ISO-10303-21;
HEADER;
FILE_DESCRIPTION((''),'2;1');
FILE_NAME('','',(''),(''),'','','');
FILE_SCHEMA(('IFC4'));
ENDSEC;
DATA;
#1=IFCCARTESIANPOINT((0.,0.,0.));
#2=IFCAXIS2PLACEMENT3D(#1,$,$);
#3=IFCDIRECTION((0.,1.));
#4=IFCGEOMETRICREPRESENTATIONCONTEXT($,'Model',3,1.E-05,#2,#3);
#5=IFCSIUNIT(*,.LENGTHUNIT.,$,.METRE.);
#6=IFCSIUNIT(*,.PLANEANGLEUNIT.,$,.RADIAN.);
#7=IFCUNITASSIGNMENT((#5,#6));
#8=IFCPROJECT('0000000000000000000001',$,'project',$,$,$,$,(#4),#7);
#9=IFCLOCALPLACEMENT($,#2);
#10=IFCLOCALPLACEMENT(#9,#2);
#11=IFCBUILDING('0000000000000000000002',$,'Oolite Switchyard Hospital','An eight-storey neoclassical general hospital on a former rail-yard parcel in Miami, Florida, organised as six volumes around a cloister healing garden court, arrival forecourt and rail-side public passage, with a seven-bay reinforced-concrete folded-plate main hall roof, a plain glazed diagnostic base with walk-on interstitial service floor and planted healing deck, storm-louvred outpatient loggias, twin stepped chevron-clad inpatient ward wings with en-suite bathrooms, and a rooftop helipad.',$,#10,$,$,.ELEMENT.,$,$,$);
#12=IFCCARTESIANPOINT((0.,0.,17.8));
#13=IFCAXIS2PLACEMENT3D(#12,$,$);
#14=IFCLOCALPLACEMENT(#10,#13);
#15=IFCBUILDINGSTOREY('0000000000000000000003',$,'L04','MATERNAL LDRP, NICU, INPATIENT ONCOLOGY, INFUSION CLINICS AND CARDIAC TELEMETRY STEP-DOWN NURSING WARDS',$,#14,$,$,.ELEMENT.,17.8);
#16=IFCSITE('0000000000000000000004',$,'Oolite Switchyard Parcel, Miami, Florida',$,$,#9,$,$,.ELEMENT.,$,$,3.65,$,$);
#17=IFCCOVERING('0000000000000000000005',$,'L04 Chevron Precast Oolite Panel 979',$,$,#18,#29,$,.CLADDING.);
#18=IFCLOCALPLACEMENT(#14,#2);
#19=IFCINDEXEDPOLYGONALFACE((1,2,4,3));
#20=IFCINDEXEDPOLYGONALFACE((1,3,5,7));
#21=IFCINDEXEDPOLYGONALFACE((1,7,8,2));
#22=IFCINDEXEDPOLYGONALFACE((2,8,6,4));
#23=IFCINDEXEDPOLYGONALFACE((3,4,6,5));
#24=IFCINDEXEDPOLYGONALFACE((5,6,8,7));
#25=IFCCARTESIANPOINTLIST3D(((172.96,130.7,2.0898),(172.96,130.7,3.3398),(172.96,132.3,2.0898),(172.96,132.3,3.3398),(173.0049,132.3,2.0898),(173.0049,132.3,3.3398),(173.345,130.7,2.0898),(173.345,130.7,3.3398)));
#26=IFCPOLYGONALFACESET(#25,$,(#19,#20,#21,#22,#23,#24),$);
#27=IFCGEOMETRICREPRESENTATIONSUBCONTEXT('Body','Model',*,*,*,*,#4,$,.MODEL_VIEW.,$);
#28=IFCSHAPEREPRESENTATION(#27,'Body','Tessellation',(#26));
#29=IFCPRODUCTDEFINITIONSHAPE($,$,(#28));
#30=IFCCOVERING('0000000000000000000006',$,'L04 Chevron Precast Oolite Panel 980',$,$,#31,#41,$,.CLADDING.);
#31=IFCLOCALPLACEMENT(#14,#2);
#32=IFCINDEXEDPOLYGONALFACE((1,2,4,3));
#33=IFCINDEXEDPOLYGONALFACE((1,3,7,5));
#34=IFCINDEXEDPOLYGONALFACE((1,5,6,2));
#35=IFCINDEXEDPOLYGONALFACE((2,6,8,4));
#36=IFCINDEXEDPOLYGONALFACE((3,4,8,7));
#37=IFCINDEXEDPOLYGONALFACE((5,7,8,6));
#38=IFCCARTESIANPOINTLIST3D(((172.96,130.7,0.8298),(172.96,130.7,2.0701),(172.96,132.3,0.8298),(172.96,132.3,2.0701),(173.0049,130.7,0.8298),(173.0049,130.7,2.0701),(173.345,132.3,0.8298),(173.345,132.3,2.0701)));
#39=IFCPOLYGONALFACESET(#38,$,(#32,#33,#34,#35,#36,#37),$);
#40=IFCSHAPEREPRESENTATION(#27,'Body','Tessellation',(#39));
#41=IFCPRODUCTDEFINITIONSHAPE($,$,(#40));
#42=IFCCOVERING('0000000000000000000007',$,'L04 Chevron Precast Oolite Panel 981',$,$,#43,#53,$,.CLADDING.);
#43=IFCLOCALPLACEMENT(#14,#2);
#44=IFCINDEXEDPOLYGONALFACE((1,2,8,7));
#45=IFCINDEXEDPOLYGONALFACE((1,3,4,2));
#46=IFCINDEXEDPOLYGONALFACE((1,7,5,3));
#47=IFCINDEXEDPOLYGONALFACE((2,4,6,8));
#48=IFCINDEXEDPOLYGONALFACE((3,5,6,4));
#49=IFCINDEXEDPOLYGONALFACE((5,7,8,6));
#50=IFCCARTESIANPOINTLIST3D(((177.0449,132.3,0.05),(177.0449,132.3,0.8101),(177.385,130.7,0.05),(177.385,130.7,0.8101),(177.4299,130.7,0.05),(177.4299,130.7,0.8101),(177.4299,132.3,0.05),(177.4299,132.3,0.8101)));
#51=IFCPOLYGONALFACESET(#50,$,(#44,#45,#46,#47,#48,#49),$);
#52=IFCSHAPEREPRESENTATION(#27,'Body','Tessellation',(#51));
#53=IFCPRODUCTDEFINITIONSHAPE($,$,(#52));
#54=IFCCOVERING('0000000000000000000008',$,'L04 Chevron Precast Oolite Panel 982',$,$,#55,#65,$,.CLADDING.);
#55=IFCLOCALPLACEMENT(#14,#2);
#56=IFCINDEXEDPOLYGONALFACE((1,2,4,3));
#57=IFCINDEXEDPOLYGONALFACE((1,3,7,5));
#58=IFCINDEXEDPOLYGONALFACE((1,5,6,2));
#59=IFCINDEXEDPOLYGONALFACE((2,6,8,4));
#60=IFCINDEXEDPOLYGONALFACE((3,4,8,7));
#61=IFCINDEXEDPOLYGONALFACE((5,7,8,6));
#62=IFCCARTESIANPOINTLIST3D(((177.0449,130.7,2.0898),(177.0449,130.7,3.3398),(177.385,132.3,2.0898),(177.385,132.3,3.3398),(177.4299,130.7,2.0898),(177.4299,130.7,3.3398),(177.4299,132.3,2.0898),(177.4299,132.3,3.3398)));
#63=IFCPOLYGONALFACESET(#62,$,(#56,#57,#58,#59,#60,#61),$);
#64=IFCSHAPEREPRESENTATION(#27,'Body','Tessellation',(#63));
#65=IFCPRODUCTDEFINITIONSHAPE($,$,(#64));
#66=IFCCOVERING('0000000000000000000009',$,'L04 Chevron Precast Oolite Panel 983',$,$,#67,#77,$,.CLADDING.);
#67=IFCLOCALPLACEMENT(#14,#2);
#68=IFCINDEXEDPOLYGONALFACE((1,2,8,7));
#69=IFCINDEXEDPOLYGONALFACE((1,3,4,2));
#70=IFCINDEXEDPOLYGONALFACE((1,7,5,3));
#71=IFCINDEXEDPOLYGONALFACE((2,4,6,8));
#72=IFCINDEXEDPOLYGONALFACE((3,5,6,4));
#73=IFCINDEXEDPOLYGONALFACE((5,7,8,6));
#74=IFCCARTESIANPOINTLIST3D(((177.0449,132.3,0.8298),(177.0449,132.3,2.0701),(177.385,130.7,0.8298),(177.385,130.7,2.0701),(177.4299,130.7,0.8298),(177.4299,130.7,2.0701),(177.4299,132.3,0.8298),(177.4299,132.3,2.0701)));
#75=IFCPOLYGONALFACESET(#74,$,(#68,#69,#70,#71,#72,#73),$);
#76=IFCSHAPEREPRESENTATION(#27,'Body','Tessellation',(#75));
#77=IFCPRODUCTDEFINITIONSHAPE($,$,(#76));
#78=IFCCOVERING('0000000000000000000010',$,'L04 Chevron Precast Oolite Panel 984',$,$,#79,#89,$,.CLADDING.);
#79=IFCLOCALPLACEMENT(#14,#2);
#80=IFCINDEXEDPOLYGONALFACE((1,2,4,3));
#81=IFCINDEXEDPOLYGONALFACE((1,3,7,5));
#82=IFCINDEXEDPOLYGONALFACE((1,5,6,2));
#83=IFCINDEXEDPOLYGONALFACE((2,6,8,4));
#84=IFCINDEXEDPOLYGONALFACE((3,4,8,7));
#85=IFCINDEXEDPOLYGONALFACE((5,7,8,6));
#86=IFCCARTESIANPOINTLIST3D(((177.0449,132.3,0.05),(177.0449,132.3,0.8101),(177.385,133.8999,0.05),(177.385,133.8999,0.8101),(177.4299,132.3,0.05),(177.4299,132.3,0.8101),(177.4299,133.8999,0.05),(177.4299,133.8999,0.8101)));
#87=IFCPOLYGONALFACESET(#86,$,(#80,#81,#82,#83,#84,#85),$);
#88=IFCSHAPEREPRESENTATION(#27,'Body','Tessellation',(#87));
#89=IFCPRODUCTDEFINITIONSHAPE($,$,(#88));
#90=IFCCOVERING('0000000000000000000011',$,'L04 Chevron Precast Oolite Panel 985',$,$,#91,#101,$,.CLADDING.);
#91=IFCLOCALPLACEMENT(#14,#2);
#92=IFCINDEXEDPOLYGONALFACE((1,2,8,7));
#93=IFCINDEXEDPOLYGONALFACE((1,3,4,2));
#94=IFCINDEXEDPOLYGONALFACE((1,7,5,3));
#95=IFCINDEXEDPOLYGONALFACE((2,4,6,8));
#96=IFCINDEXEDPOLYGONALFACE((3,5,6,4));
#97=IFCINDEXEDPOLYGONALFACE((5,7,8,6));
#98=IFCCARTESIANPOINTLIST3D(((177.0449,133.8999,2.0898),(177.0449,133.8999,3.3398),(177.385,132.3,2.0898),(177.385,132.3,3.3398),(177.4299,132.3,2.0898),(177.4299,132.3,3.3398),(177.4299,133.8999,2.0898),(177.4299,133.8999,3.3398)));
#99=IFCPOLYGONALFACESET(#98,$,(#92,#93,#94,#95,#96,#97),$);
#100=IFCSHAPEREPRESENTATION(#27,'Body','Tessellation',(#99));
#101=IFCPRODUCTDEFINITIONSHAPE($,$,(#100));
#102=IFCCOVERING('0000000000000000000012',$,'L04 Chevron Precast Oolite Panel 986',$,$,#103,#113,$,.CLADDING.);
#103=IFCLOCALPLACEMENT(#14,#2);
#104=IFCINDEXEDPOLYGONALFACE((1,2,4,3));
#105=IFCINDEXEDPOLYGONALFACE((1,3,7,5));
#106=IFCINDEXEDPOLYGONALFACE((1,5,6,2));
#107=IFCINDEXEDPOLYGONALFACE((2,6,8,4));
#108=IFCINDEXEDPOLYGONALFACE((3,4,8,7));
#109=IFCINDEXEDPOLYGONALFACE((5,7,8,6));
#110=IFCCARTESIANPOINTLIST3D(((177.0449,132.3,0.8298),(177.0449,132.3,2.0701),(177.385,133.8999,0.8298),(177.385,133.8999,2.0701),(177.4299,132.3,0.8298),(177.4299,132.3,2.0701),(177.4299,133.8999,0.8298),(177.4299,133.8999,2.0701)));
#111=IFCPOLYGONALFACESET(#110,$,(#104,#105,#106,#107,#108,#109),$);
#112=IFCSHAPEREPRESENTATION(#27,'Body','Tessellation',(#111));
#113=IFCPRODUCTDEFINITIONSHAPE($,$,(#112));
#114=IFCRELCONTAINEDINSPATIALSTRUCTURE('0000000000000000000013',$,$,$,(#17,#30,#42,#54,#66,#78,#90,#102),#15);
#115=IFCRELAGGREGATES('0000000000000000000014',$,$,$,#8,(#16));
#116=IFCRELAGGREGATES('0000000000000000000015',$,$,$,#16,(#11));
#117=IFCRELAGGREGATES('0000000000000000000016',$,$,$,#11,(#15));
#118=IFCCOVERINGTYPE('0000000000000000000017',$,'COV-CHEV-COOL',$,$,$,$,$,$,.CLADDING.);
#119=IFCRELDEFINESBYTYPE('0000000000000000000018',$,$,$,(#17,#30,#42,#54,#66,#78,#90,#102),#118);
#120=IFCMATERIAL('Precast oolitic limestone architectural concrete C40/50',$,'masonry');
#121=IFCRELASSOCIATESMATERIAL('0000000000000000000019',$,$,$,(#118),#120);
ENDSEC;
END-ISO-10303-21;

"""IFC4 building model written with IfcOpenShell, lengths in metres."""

from ifc_helpers import new_model, si_unit, direction, frame, origin, place, context, subcontext, project, spatial, polyline, outline, extrude, material, type_object, element, save


model = new_model("IFC4")

# Units and contexts
model_context = context("Model", 3, precision=1e-05, world=origin(), true_north=direction((0.0, 1.0)))
body_context = subcontext(model_context, "Body", "Model", "MODEL_VIEW")
ifc_project = project(units=[si_unit("LENGTHUNIT", "METRE"), si_unit("PLANEANGLEUNIT", "RADIAN")], contexts=[model_context])

# Site, building, storey
site_placement = place(None, origin())
site = spatial("IfcSite", under=ifc_project, at=site_placement, Name="Oolite Switchyard Parcel, Miami, Florida", CompositionType="ELEMENT", RefElevation=3.65)
building_placement = place(site_placement, origin())
building = spatial("IfcBuilding", under=site, at=building_placement, Name="Oolite Switchyard Hospital", Description="An eight-storey neoclassical general hospital on a former rail-yard parcel in Miami, Florida, organised as six volumes around a cloister healing garden court, arrival forecourt and rail-side public passage, with a seven-bay reinforced-concrete folded-plate main hall roof, a plain glazed diagnostic base with walk-on interstitial service floor and planted healing deck, storm-louvred outpatient loggias, twin stepped chevron-clad inpatient ward wings with en-suite bathrooms, and a rooftop helipad.", CompositionType="ELEMENT")
storey_placement = place(building_placement, frame((0.0, 0.0, 17.8)))
storey = spatial("IfcBuildingStorey", under=building, at=storey_placement, Name="L04", Description="MATERNAL LDRP, NICU, INPATIENT ONCOLOGY, INFUSION CLINICS AND CARDIAC TELEMETRY STEP-DOWN NURSING WARDS", CompositionType="ELEMENT", Elevation=17.8)

# Shared definitions
ifc_material_1 = material(Name="Precast oolitic limestone architectural concrete C40/50", Category="masonry")

# Coverings
covering_type = type_object("IfcCoveringType", Name="COV-CHEV-COOL", PredefinedType="CLADDING", material=ifc_material_1)
covering_1_placement = place(storey_placement, frame((172.96, 132.3, 2.0898), z_axis=(0.0, 0.0, 1.0), x_axis=(0.0, -1.0, 0.0)))
element("IfcCovering", 1, at=covering_1_placement, inside=storey, type_object=covering_type, Name="L04 Chevron Precast Oolite Panel 979", PredefinedType="CLADDING", context=body_context, shape_type="SweptSolid", body=[
    extrude(outline(polyline([(0.0, 0.0), (1.6001, 0.0), (1.6001, 0.385), (0.0, 0.0449), (0.0, 0.0)])), origin(), (0.0, 0.0, 1.0), 1.25),
])
covering_2_placement = place(storey_placement, frame((172.96, 132.3, 0.8298), z_axis=(0.0, 0.0, 1.0), x_axis=(0.0, -1.0, 0.0)))
element("IfcCovering", 2, at=covering_2_placement, inside=storey, type_object=covering_type, Name="L04 Chevron Precast Oolite Panel 980", PredefinedType="CLADDING", context=body_context, shape_type="SweptSolid", body=[
    extrude(outline(polyline([(0.0, 0.0), (1.6001, 0.0), (1.6001, 0.0449), (0.0, 0.385), (0.0, 0.0)])), origin(), (0.0, 0.0, 1.0), 1.2402),
])
covering_3_placement = place(storey_placement, frame((177.4299, 130.7, 0.05), z_axis=(0.0, 0.0, 1.0), x_axis=(0.0, 1.0, 0.0)))
element("IfcCovering", 3, at=covering_3_placement, inside=storey, type_object=covering_type, Name="L04 Chevron Precast Oolite Panel 981", PredefinedType="CLADDING", context=body_context, shape_type="SweptSolid", body=[
    extrude(outline(polyline([(0.0, 0.0), (1.6001, 0.0), (1.6001, 0.385), (0.0, 0.0449), (0.0, 0.0)])), origin(), (0.0, 0.0, 1.0), 0.76),
])
covering_4_placement = place(storey_placement, frame((177.4299, 130.7, 2.0898), z_axis=(0.0, 0.0, 1.0), x_axis=(0.0, 1.0, 0.0)))
element("IfcCovering", 4, at=covering_4_placement, inside=storey, type_object=covering_type, Name="L04 Chevron Precast Oolite Panel 982", PredefinedType="CLADDING", context=body_context, shape_type="SweptSolid", body=[
    extrude(outline(polyline([(0.0, 0.0), (1.6001, 0.0), (1.6001, 0.0449), (0.0, 0.385), (0.0, 0.0)])), origin(), (0.0, 0.0, 1.0), 1.25),
])
covering_5_placement = place(storey_placement, frame((177.4299, 130.7, 0.8298), z_axis=(0.0, 0.0, 1.0), x_axis=(0.0, 1.0, 0.0)))
element("IfcCovering", 5, at=covering_5_placement, inside=storey, type_object=covering_type, Name="L04 Chevron Precast Oolite Panel 983", PredefinedType="CLADDING", context=body_context, shape_type="SweptSolid", body=[
    extrude(outline(polyline([(0.0, 0.0), (1.6001, 0.0), (1.6001, 0.385), (0.0, 0.0449), (0.0, 0.0)])), origin(), (0.0, 0.0, 1.0), 1.2402),
])
covering_6_placement = place(storey_placement, frame((177.4299, 132.3, 0.05), z_axis=(0.0, 0.0, 1.0), x_axis=(0.0, 1.0, 0.0)))
element("IfcCovering", 6, at=covering_6_placement, inside=storey, type_object=covering_type, Name="L04 Chevron Precast Oolite Panel 984", PredefinedType="CLADDING", context=body_context, shape_type="SweptSolid", body=[
    extrude(outline(polyline([(0.0, 0.0), (1.5999, 0.0), (1.5999, 0.0449), (0.0, 0.385), (0.0, 0.0)])), origin(), (0.0, 0.0, 1.0), 0.76),
])
covering_7_placement = place(storey_placement, frame((177.4299, 132.3, 2.0898), z_axis=(0.0, 0.0, 1.0), x_axis=(0.0, 1.0, 0.0)))
element("IfcCovering", 7, at=covering_7_placement, inside=storey, type_object=covering_type, Name="L04 Chevron Precast Oolite Panel 985", PredefinedType="CLADDING", context=body_context, shape_type="SweptSolid", body=[
    extrude(outline(polyline([(0.0, 0.0), (1.5999, 0.0), (1.5999, 0.385), (0.0, 0.0449), (0.0, 0.0)])), origin(), (0.0, 0.0, 1.0), 1.25),
])
covering_8_placement = place(storey_placement, frame((177.4299, 132.3, 0.8298), z_axis=(0.0, 0.0, 1.0), x_axis=(0.0, 1.0, 0.0)))
element("IfcCovering", 8, at=covering_8_placement, inside=storey, type_object=covering_type, Name="L04 Chevron Precast Oolite Panel 986", PredefinedType="CLADDING", context=body_context, shape_type="SweptSolid", body=[
    extrude(outline(polyline([(0.0, 0.0), (1.5999, 0.0), (1.5999, 0.0449), (0.0, 0.385), (0.0, 0.0)])), origin(), (0.0, 0.0, 1.0), 1.2402),
])

save(model, "model.ifc")
